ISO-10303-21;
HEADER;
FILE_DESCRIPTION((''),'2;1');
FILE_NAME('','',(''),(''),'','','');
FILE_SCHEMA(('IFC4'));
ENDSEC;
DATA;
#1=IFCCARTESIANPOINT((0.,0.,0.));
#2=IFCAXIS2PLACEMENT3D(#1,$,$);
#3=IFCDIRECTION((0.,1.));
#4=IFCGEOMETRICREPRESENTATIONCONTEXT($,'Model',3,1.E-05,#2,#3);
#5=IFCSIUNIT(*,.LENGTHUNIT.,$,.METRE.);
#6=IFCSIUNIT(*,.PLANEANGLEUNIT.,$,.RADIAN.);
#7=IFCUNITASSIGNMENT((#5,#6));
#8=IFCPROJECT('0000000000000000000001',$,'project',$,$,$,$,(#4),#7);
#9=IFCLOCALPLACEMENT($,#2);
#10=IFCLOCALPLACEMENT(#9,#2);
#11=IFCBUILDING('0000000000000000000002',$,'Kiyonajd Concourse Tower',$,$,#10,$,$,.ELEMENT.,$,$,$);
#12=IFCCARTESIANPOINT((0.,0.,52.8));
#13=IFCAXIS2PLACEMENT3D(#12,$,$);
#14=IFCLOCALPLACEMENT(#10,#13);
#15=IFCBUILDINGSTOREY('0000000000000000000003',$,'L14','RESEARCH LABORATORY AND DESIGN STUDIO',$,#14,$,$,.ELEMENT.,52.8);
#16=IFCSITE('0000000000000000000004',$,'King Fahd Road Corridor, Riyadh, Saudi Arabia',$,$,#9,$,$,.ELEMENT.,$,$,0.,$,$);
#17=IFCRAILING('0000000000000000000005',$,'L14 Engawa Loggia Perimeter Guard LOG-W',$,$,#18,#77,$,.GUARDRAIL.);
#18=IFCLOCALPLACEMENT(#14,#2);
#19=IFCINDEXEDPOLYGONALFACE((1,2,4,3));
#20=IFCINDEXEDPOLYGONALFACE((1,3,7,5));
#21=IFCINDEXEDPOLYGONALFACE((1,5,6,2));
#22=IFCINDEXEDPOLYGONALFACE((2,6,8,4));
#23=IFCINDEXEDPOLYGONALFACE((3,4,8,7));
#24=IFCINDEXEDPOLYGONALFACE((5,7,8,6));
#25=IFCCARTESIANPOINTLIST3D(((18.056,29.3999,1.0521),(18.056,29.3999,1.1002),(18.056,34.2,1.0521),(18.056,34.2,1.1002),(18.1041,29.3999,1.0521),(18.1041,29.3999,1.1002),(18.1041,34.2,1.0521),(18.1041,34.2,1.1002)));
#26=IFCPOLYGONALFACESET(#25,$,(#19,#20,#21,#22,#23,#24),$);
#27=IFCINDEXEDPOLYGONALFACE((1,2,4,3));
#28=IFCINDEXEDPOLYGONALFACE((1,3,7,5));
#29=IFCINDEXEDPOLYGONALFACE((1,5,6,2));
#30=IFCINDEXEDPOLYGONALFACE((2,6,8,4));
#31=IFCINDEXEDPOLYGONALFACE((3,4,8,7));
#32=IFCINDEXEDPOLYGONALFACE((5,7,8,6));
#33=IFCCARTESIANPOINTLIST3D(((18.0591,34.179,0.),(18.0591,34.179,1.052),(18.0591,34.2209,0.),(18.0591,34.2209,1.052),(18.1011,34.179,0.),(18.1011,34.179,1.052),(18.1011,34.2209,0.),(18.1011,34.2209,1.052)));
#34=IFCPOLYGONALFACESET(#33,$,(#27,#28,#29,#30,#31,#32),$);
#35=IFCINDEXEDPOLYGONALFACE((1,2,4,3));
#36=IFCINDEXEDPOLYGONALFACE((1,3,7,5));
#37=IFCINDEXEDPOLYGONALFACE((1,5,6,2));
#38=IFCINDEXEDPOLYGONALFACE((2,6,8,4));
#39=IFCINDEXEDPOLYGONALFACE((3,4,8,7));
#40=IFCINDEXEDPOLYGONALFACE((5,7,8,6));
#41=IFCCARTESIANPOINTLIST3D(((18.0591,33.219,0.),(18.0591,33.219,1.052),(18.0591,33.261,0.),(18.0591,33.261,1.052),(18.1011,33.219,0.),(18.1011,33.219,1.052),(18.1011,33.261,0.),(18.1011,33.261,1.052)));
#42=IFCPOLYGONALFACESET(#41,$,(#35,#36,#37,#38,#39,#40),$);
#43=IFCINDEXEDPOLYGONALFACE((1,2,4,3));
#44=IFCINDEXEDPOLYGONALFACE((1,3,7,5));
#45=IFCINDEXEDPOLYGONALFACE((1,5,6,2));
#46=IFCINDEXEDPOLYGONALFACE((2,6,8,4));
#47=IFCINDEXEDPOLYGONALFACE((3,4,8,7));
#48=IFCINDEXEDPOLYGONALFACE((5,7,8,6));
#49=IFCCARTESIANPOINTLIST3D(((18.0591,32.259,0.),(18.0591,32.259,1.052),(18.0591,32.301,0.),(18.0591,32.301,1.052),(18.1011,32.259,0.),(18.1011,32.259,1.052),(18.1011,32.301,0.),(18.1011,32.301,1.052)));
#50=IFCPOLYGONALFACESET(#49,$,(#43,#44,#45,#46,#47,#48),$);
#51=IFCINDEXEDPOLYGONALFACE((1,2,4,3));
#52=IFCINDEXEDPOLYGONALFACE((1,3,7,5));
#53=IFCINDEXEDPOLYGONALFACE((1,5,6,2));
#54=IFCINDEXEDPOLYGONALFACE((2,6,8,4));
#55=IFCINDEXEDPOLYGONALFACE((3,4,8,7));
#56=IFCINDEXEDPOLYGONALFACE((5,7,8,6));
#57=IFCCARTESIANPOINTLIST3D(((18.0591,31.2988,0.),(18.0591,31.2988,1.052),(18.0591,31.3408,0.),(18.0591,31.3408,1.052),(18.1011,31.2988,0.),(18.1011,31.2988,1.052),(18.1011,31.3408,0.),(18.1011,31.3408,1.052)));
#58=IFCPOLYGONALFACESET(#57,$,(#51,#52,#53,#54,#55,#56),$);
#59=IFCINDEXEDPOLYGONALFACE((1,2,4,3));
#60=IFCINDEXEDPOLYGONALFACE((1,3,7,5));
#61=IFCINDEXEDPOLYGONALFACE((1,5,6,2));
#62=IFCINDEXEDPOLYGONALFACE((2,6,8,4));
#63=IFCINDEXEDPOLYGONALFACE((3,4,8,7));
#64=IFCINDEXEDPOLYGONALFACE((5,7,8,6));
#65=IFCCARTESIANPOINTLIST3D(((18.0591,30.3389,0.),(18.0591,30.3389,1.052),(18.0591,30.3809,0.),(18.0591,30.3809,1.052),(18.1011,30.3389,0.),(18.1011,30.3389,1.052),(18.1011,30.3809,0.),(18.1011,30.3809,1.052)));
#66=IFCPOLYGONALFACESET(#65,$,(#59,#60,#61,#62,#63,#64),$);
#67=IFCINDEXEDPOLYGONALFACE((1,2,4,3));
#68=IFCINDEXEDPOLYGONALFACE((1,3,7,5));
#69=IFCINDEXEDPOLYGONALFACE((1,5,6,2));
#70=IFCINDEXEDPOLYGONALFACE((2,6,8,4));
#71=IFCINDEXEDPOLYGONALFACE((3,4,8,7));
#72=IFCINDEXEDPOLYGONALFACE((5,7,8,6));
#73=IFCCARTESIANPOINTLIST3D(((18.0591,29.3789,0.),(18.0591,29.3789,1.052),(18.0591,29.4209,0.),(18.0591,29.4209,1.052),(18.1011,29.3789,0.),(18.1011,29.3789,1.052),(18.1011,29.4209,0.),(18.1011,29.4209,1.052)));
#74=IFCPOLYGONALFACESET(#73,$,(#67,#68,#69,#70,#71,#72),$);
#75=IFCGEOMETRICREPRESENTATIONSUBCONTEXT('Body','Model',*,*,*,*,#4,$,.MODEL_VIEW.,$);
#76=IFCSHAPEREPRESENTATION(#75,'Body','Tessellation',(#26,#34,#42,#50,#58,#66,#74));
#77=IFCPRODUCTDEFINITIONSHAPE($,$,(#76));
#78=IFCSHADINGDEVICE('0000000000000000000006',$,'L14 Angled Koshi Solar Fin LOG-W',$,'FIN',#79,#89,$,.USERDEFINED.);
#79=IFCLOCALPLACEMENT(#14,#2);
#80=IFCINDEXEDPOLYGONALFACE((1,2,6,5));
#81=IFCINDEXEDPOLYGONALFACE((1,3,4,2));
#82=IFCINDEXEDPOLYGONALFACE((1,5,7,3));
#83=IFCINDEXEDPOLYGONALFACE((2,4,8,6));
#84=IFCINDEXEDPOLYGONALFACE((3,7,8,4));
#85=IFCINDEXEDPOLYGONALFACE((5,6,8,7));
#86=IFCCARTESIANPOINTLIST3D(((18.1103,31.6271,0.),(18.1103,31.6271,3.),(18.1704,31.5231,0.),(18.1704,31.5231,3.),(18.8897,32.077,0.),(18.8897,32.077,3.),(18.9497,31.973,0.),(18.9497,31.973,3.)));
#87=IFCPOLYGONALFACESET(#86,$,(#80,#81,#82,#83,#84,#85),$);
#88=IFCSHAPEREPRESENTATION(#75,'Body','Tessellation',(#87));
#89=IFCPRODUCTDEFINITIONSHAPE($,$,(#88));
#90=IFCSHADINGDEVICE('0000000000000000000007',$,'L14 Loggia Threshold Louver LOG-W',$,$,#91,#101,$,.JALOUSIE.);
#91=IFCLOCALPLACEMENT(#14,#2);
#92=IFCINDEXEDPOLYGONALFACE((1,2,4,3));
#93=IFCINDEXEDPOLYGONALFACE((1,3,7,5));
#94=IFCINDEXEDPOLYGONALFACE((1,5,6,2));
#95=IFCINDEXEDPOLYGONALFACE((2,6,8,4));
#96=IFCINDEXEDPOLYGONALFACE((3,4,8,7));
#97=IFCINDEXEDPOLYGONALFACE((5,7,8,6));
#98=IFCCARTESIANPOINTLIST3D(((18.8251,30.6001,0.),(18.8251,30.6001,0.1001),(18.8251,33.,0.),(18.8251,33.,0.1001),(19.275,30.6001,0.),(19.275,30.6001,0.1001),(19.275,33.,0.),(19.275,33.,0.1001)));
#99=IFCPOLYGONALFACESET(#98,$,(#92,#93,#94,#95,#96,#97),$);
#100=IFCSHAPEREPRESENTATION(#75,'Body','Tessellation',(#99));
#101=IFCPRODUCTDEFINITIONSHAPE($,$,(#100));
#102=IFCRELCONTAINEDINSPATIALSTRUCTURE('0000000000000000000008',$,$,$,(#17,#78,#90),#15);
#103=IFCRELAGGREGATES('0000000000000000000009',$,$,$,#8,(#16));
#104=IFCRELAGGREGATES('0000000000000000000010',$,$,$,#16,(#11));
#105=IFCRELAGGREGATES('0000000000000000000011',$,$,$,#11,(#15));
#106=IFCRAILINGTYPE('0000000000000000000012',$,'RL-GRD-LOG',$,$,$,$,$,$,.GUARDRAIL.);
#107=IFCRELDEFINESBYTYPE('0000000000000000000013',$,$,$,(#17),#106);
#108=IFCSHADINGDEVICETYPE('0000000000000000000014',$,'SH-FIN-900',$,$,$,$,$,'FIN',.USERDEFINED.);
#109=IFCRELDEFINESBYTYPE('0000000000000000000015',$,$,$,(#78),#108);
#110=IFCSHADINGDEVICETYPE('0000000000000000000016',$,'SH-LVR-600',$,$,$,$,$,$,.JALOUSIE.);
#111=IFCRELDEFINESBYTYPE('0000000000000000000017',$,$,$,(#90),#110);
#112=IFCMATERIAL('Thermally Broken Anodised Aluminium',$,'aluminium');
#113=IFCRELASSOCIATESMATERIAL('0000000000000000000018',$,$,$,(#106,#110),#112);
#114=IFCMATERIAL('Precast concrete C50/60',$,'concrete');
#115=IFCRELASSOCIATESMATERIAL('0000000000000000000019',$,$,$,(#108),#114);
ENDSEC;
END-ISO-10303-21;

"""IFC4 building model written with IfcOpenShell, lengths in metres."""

from ifc_helpers import new_model, si_unit, direction, frame, origin, origin_2d, place, context, subcontext, project, spatial, rectangle, extrude, material, type_object, element, save


model = new_model("IFC4")

# Units and contexts
model_context = context("Model", 3, precision=1e-05, world=origin(), true_north=direction((0.0, 1.0)))
body_context = subcontext(model_context, "Body", "Model", "MODEL_VIEW")
ifc_project = project(units=[si_unit("LENGTHUNIT", "METRE"), si_unit("PLANEANGLEUNIT", "RADIAN")], contexts=[model_context])

# Site, building, storey
site_placement = place(None, origin())
site = spatial("IfcSite", under=ifc_project, at=site_placement, Name="King Fahd Road Corridor, Riyadh, Saudi Arabia", CompositionType="ELEMENT", RefElevation=0.0)
building_placement = place(site_placement, origin())
building = spatial("IfcBuilding", under=site, at=building_placement, Name="Kiyonajd Concourse Tower", CompositionType="ELEMENT")
storey_placement = place(building_placement, frame((0.0, 0.0, 52.8)))
storey = spatial("IfcBuildingStorey", under=building, at=storey_placement, Name="L14", Description="RESEARCH LABORATORY AND DESIGN STUDIO", CompositionType="ELEMENT", Elevation=52.8)

# Shared definitions
ifc_material_1 = material(Name="Precast concrete C50/60", Category="concrete")

# Shared definitions
ifc_material_2 = material(Name="Thermally Broken Anodised Aluminium", Category="aluminium")

# Railing
railing_type = type_object("IfcRailingType", Name="RL-GRD-LOG", PredefinedType="GUARDRAIL", material=ifc_material_2)
railing_placement = place(storey_placement, frame((18.0801, 34.2, 0.0)))
element("IfcRailing", 1, at=railing_placement, inside=storey, type_object=railing_type, Name="L14 Engawa Loggia Perimeter Guard LOG-W", PredefinedType="GUARDRAIL", context=body_context, shape_type="SweptSolid", body=[
    extrude(rectangle(XDim=0.0481, YDim=0.0481, at=origin_2d()), frame((0.0, 0.0, 1.0762), z_axis=(0.0, -1.0, 0.0), x_axis=(1.0, 0.0, 0.0)), (0.0, 0.0, 1.0), 4.8),
    extrude(rectangle(XDim=0.042, YDim=0.042, at=origin_2d()), origin(), (0.0, 0.0, 1.0), 1.052),
    extrude(rectangle(XDim=0.042, YDim=0.042, at=origin_2d()), frame((0.0, -0.96, 0.0)), (0.0, 0.0, 1.0), 1.052),
    extrude(rectangle(XDim=0.042, YDim=0.042, at=origin_2d()), frame((0.0, -1.9199, 0.0)), (0.0, 0.0, 1.0), 1.052),
    extrude(rectangle(XDim=0.042, YDim=0.042, at=origin_2d()), frame((0.0, -2.8801, 0.0)), (0.0, 0.0, 1.0), 1.052),
    extrude(rectangle(XDim=0.042, YDim=0.042, at=origin_2d()), frame((0.0, -3.8401, 0.0)), (0.0, 0.0, 1.0), 1.052),
    extrude(rectangle(XDim=0.042, YDim=0.042, at=origin_2d()), frame((0.0, -4.8, 0.0)), (0.0, 0.0, 1.0), 1.052),
])

# Shading devices
shading_device_type_1 = type_object("IfcShadingDeviceType", Name="SH-FIN-900", ElementType="FIN", PredefinedType="USERDEFINED", material=ifc_material_1)
shading_device_1_placement = place(storey_placement, frame((18.53, 31.8, 0.0), z_axis=(0.0, 0.0, 1.0), x_axis=(0.866025, 0.5, 0.0)))
element("IfcShadingDevice", 2, at=shading_device_1_placement, inside=storey, type_object=shading_device_type_1, Name="L14 Angled Koshi Solar Fin LOG-W", ObjectType="FIN", PredefinedType="USERDEFINED", context=body_context, shape_type="SweptSolid", body=[
    extrude(rectangle(XDim=0.8999, YDim=0.1201, at=origin_2d()), origin(), (0.0, 0.0, 1.0), 3.0),
])
shading_device_type_2 = type_object("IfcShadingDeviceType", Name="SH-LVR-600", PredefinedType="JALOUSIE", material=ifc_material_2)
shading_device_2_placement = place(storey_placement, frame((19.05, 31.8, 0.0), z_axis=(0.0, 0.0, 1.0), x_axis=(0.0, 1.0, 0.0)))
element("IfcShadingDevice", 3, at=shading_device_2_placement, inside=storey, type_object=shading_device_type_2, Name="L14 Loggia Threshold Louver LOG-W", PredefinedType="JALOUSIE", context=body_context, shape_type="SweptSolid", body=[
    extrude(rectangle(XDim=2.3999, YDim=0.45, at=origin_2d()), origin(), (0.0, 0.0, 1.0), 0.1001),
])

save(model, "model.ifc")
